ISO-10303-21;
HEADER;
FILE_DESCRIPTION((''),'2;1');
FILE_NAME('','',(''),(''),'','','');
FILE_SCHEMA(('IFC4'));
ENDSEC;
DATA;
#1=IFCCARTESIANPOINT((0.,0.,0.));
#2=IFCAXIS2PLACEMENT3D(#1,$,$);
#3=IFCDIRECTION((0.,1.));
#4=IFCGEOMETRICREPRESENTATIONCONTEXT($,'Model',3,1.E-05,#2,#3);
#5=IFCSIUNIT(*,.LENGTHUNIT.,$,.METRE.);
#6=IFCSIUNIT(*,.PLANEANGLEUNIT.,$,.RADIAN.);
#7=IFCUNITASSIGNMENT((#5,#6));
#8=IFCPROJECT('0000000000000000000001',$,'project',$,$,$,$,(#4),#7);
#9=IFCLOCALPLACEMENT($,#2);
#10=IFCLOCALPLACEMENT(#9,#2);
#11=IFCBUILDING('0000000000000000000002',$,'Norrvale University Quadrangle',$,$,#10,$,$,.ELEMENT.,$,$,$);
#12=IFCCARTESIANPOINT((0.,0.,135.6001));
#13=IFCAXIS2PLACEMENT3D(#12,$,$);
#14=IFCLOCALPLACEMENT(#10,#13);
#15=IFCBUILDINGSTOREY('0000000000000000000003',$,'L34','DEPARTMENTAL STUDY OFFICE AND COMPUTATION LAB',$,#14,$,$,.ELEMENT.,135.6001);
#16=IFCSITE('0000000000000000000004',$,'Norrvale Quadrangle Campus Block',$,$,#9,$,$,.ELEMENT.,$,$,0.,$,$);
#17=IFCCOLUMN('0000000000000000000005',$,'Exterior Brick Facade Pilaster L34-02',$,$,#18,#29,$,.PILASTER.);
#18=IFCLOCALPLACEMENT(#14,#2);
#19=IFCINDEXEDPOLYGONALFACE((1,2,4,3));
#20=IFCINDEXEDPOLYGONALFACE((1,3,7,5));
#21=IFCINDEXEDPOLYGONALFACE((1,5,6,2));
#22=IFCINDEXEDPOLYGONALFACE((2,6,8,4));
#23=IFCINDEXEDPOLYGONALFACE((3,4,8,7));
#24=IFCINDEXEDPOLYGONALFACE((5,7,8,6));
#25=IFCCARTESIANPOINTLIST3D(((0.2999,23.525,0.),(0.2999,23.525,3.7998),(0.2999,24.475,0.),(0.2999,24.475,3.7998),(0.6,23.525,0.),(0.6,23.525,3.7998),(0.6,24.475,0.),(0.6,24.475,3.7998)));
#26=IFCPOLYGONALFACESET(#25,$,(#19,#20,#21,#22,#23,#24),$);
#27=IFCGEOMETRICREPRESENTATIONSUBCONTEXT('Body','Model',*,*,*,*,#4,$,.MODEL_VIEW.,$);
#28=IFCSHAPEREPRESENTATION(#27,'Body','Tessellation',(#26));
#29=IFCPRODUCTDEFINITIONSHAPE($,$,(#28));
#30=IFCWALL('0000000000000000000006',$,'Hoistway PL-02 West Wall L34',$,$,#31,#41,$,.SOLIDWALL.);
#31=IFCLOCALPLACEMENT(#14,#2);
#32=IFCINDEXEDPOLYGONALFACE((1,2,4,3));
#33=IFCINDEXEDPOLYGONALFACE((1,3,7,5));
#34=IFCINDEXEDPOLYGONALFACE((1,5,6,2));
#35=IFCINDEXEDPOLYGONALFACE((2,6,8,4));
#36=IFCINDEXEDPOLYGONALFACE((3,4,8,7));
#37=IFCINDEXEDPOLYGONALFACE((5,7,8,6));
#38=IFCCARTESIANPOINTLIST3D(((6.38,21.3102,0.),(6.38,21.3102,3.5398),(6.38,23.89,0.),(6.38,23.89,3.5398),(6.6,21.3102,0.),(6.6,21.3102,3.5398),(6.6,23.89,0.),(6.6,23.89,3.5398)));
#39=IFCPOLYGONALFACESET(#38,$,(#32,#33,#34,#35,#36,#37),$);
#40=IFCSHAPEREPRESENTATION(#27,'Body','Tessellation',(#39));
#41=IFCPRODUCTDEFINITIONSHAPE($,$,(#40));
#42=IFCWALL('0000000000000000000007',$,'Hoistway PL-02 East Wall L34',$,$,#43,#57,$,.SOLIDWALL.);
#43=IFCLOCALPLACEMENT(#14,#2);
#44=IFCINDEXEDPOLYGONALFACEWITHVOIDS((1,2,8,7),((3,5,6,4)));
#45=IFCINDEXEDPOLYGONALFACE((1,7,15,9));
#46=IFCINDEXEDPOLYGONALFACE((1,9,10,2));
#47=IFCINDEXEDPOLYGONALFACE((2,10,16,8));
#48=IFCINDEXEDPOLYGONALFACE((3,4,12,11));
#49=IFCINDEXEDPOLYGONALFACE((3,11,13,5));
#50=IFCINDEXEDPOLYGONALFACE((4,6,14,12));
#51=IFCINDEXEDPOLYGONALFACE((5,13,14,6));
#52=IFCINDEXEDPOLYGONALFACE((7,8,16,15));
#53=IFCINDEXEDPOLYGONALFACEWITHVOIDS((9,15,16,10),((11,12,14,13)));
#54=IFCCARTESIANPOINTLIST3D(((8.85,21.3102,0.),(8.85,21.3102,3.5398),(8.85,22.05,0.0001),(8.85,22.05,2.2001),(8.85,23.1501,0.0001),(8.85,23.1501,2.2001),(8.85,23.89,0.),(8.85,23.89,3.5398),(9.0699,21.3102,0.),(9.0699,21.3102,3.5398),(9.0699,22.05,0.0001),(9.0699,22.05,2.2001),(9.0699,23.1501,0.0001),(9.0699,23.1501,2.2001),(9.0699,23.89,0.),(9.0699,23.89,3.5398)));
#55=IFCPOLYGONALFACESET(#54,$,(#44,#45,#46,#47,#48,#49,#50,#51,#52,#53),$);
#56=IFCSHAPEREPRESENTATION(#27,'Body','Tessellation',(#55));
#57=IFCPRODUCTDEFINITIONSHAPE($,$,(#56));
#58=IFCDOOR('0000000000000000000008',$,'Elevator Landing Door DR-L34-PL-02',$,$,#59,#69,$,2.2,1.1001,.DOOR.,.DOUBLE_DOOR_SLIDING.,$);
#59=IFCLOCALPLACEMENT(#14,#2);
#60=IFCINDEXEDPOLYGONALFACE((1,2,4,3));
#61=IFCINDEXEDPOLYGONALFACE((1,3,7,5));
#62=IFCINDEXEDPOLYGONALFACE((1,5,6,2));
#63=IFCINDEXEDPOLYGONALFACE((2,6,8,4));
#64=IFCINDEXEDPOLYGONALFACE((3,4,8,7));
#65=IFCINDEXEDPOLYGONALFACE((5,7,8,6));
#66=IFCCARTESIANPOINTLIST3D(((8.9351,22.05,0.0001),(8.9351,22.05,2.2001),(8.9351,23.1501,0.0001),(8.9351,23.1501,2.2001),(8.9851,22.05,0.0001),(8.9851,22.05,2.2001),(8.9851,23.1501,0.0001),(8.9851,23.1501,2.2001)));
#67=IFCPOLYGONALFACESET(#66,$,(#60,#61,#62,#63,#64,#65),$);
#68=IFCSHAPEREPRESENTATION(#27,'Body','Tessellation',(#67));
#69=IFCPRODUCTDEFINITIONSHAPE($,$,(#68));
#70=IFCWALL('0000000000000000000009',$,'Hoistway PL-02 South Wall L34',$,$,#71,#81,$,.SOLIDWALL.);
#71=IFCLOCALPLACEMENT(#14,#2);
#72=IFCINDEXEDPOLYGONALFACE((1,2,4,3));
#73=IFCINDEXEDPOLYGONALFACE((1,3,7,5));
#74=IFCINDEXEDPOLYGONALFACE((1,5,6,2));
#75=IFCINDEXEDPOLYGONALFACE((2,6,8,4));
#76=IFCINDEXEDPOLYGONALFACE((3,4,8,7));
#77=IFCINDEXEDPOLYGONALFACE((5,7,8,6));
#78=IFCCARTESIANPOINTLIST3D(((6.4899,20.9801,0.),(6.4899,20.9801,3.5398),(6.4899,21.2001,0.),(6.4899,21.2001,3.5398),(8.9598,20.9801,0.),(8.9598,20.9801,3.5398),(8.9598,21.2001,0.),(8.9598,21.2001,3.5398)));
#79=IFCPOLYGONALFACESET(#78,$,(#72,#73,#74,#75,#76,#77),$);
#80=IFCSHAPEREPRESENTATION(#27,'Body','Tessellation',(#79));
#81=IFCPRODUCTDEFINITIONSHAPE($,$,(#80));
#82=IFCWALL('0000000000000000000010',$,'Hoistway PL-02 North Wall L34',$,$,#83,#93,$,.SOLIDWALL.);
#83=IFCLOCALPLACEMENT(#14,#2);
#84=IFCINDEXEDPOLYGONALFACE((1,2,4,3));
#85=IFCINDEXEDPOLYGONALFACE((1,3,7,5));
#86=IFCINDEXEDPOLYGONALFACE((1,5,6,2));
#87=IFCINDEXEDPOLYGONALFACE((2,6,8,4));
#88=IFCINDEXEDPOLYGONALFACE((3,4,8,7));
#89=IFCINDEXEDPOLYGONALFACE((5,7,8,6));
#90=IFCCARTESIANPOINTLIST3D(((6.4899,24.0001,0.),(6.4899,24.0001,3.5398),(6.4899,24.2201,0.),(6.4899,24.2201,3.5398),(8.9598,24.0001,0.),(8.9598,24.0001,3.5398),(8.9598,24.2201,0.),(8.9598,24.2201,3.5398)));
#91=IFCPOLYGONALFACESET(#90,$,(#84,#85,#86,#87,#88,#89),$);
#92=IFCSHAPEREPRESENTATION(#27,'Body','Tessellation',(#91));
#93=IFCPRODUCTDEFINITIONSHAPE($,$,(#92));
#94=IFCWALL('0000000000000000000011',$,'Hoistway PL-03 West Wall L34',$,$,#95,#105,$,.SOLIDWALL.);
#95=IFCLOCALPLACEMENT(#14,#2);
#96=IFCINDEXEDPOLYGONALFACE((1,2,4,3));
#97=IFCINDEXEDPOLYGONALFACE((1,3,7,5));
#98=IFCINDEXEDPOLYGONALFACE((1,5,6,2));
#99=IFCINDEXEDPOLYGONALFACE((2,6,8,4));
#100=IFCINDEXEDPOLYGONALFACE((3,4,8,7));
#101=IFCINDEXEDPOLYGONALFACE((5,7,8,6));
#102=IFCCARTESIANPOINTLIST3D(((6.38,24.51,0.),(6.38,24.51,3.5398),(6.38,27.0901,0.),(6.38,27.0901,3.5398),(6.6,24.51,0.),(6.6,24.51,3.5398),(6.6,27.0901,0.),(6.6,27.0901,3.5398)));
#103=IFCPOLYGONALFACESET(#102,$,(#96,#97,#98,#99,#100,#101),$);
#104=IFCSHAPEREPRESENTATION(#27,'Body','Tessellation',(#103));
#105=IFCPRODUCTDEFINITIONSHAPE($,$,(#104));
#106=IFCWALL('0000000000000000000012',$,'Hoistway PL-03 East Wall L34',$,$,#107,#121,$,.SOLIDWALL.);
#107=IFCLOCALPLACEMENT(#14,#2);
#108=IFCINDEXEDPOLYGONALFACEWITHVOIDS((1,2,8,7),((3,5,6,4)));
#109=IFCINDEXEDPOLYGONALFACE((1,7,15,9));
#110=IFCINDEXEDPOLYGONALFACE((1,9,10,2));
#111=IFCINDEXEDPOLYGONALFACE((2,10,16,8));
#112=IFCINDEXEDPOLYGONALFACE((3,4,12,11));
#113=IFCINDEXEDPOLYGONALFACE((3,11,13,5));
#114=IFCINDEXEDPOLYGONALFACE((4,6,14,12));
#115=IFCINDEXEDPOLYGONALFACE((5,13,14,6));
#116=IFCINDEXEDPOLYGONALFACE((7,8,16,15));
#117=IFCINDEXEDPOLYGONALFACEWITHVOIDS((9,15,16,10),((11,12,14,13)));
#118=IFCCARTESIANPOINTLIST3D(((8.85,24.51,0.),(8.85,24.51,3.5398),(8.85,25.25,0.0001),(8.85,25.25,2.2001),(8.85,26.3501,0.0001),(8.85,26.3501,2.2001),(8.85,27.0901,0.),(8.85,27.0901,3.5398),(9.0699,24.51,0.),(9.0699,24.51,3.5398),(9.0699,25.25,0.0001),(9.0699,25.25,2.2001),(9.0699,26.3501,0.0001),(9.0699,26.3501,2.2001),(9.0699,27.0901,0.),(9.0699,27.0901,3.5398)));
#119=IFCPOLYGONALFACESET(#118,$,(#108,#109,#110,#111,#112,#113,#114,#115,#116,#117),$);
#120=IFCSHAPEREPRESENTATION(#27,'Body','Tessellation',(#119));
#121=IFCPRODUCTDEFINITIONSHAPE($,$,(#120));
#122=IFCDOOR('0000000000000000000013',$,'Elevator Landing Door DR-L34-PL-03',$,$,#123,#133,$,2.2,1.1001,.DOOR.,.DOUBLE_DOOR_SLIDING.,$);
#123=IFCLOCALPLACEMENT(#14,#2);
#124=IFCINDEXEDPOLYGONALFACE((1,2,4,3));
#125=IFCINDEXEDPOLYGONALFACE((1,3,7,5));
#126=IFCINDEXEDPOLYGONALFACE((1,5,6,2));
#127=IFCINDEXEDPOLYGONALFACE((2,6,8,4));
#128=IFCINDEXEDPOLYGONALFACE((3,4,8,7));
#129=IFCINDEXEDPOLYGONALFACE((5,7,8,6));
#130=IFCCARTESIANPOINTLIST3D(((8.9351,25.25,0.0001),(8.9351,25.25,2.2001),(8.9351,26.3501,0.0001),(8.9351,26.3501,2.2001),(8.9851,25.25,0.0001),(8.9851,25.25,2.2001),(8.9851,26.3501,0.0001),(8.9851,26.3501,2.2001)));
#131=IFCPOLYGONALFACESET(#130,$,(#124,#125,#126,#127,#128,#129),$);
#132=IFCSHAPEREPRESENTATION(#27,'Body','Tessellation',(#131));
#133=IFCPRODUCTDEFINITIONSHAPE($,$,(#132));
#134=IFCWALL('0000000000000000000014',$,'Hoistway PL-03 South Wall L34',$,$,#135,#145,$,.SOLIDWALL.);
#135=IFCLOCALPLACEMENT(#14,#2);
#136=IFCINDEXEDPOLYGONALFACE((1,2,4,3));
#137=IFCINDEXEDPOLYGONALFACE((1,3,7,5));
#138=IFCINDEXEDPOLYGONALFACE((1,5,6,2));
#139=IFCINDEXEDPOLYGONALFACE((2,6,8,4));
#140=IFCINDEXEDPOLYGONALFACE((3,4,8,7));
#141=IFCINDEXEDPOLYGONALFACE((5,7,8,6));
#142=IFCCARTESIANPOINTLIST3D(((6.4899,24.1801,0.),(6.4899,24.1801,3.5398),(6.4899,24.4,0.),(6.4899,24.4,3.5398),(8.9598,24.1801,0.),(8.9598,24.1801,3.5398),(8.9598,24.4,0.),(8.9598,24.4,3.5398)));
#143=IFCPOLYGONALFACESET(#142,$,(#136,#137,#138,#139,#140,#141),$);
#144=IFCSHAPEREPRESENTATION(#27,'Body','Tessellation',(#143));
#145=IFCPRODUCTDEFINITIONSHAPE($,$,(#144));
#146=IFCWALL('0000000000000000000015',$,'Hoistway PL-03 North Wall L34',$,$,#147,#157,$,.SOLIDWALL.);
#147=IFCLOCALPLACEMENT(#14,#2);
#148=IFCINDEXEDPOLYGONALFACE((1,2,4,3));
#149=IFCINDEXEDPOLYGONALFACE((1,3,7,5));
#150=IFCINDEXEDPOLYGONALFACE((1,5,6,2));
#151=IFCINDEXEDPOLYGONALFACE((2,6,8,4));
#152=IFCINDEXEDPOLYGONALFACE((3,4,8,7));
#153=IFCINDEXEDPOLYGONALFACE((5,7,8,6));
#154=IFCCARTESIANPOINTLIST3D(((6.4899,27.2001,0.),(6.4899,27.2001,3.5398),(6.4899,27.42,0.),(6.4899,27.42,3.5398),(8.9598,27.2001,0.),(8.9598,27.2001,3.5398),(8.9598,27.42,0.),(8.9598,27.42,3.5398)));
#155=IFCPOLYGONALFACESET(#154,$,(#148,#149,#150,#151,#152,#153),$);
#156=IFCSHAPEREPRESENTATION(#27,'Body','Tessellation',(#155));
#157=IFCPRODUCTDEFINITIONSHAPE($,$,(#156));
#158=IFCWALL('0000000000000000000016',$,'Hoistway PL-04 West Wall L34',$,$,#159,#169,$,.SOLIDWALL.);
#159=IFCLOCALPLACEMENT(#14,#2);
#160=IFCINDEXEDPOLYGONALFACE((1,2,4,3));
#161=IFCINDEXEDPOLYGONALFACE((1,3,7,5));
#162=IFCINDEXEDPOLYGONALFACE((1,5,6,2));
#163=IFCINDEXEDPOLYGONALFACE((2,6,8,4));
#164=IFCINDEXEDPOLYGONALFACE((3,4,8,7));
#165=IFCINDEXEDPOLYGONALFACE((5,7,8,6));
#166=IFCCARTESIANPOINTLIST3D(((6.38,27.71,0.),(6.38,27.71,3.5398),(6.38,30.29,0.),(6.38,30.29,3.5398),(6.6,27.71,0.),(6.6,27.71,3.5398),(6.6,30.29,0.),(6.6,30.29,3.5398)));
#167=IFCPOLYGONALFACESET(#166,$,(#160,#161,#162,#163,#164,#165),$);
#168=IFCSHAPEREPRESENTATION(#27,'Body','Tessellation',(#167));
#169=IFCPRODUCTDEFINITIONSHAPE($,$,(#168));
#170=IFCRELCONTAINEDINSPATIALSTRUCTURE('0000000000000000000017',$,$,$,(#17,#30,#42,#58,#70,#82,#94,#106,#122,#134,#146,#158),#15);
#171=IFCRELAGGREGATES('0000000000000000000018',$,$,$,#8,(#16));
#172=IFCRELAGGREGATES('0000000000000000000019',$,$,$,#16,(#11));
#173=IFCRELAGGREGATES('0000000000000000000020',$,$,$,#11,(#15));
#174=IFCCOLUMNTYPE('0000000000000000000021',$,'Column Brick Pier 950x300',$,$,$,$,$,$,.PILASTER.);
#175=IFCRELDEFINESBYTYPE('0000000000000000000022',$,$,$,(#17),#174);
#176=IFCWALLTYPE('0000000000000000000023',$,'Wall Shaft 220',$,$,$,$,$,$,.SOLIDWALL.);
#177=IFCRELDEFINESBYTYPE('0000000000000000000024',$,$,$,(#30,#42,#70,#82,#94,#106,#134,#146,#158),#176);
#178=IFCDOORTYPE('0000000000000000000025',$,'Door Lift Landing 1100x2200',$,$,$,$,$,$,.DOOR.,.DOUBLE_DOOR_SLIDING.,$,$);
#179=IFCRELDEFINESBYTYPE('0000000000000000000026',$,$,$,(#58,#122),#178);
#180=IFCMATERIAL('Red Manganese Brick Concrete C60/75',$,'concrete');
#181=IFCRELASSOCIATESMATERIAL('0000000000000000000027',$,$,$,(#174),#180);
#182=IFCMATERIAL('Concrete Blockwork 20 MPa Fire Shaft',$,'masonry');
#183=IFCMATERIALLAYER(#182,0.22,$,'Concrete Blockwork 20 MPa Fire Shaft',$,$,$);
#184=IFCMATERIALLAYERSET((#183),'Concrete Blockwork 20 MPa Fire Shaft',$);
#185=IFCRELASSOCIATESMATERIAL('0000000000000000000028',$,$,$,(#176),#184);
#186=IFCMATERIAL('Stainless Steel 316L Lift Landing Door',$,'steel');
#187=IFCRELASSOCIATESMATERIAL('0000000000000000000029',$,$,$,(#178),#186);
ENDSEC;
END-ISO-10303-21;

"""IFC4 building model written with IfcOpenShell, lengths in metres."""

from ifc_helpers import new_model, si_unit, direction, frame, frame_2d, origin, origin_2d, place, context, subcontext, project, spatial, rectangle, extrude, material, layer, layer_set, material_profile, profile_set, type_object, element, fill, save


model = new_model("IFC4")

# Units and contexts
model_context = context("Model", 3, precision=1e-05, world=origin(), true_north=direction((0.0, 1.0)))
body_context = subcontext(model_context, "Body", "Model", "MODEL_VIEW")
ifc_project = project(units=[si_unit("LENGTHUNIT", "METRE"), si_unit("PLANEANGLEUNIT", "RADIAN")], contexts=[model_context])

# Site, building, storey
site_placement = place(None, origin())
site = spatial("IfcSite", under=ifc_project, at=site_placement, Name="Norrvale Quadrangle Campus Block", CompositionType="ELEMENT", RefElevation=0.0)
building_placement = place(site_placement, origin())
building = spatial("IfcBuilding", under=site, at=building_placement, Name="Norrvale University Quadrangle", CompositionType="ELEMENT")
storey_placement = place(building_placement, frame((0.0, 0.0, 135.6001)))
storey = spatial("IfcBuildingStorey", under=building, at=storey_placement, Name="L34", Description="DEPARTMENTAL STUDY OFFICE AND COMPUTATION LAB", CompositionType="ELEMENT", Elevation=135.6001)

# Column
ifc_material_1 = material(Name="Red Manganese Brick Concrete C60/75", Category="concrete")
ifc_material_profile = material_profile(ifc_material_1, rectangle(XDim=0.95, YDim=0.3, at=origin_2d()), Name="Red Manganese Brick Concrete C60/75")
ifc_profile_set = profile_set([ifc_material_profile], Name="Red Manganese Brick Concrete C60/75")
column_type = type_object("IfcColumnType", Name="Column Brick Pier 950x300", PredefinedType="PILASTER", material=ifc_profile_set)
column_placement = place(storey_placement, frame((0.45, 24.0, 0.0), z_axis=(0.0, 0.0, 1.0), x_axis=(0.0, 1.0, 0.0)))
element("IfcColumn", 1, at=column_placement, inside=storey, type_object=column_type, Name="Exterior Brick Facade Pilaster L34-02", PredefinedType="PILASTER", context=body_context, shape_type="SweptSolid", body=[
    extrude(rectangle(XDim=0.95, YDim=0.3, at=origin_2d()), origin(), (0.0, 0.0, 1.0), 3.7998),
])

# Wall
ifc_material_2 = material(Name="Concrete Blockwork 20 MPa Fire Shaft", Category="masonry")
ifc_layer = layer(ifc_material_2, 0.22, Name="Concrete Blockwork 20 MPa Fire Shaft")
ifc_layer_set = layer_set([ifc_layer], Name="Concrete Blockwork 20 MPa Fire Shaft")
wall_type = type_object("IfcWallType", Name="Wall Shaft 220", PredefinedType="SOLIDWALL", material=ifc_layer_set)
wall_1_placement = place(storey_placement, frame((6.49, 21.3101, 0.0), z_axis=(0.0, 0.0, 1.0), x_axis=(0.0, 1.0, 0.0)))
element("IfcWall", 2, at=wall_1_placement, inside=storey, type_object=wall_type, Name="Hoistway PL-02 West Wall L34", PredefinedType="SOLIDWALL", context=body_context, shape_type="SweptSolid", body=[
    extrude(rectangle(XDim=2.5798, YDim=0.22, at=frame_2d((1.29, 0.0))), origin(), (0.0, 0.0, 1.0), 3.5398),
])

# Wall, opening, door
wall_2_placement = place(storey_placement, frame((8.96, 21.3101, 0.0), z_axis=(0.0, 0.0, 1.0), x_axis=(0.0, 1.0, 0.0)))
wall_2 = element("IfcWall", 3, at=wall_2_placement, inside=storey, type_object=wall_type, Name="Hoistway PL-02 East Wall L34", PredefinedType="SOLIDWALL", context=body_context, shape_type="SweptSolid", body=[
    extrude(rectangle(XDim=2.5798, YDim=0.22, at=frame_2d((1.29, 0.0))), origin(), (0.0, 0.0, 1.0), 3.5398),
])
opening_1_placement = place(wall_2_placement, frame((0.74, 0.0, 0.0)))
opening_1 = element("IfcOpeningElement", 4, at=opening_1_placement, cuts=wall_2, PredefinedType="OPENING", context=body_context, shape_type="SweptSolid", body=[
    extrude(rectangle(XDim=1.1001, YDim=2.2, at=frame_2d((0.55, 1.1001))), frame((0.0, 0.1221, 0.0), z_axis=(0.0, -1.0, 0.0), x_axis=(1.0, 0.0, 0.0)), (0.0, 0.0, 1.0), 0.2439),
])
ifc_material_3 = material(Name="Stainless Steel 316L Lift Landing Door", Category="steel")
door_type = type_object("IfcDoorType", Name="Door Lift Landing 1100x2200", OperationType="DOUBLE_DOOR_SLIDING", PredefinedType="DOOR", material=ifc_material_3)
door_1_placement = place(opening_1_placement, origin())
door_1 = element("IfcDoor", 5, at=door_1_placement, inside=storey, type_object=door_type, Name="Elevator Landing Door DR-L34-PL-02", OperationType="DOUBLE_DOOR_SLIDING", OverallHeight=2.2, OverallWidth=1.1001, PredefinedType="DOOR", context=body_context, shape_type="SweptSolid", body=[
    extrude(rectangle(XDim=1.1001, YDim=2.2, at=frame_2d((0.55, 1.1001))), frame((0.0, 0.0249, 0.0), z_axis=(0.0, -1.0, 0.0), x_axis=(1.0, 0.0, 0.0)), (0.0, 0.0, 1.0), 0.05),
])
fill(opening_1, door_1)

# Walls
for number, where, z_axis, x_axis, name in (
    (6, (6.49, 21.0901, 0.0), (0.0, 0.0, 1.0), (1.0, 0.0, 0.0), "Hoistway PL-02 South Wall L34"),
    (7, (6.49, 24.1101, 0.0), (0.0, 0.0, 1.0), (1.0, 0.0, 0.0), "Hoistway PL-02 North Wall L34"),
):
    element("IfcWall", number, at=place(storey_placement, frame(where, z_axis=z_axis, x_axis=x_axis)), inside=storey, type_object=wall_type, Name=name, PredefinedType="SOLIDWALL", context=body_context, shape_type="SweptSolid", body=[
        extrude(rectangle(XDim=2.47, YDim=0.22, at=frame_2d((1.2349, 0.0))), origin(), (0.0, 0.0, 1.0), 3.5398),
    ])
wall_3_placement = place(storey_placement, frame((6.49, 24.51, 0.0), z_axis=(0.0, 0.0, 1.0), x_axis=(0.0, 1.0, 0.0)))
element("IfcWall", 8, at=wall_3_placement, inside=storey, type_object=wall_type, Name="Hoistway PL-03 West Wall L34", PredefinedType="SOLIDWALL", context=body_context, shape_type="SweptSolid", body=[
    extrude(rectangle(XDim=2.5801, YDim=0.22, at=frame_2d((1.29, 0.0))), origin(), (0.0, 0.0, 1.0), 3.5398),
])

# Wall, opening, door
wall_4_placement = place(storey_placement, frame((8.96, 24.51, 0.0), z_axis=(0.0, 0.0, 1.0), x_axis=(0.0, 1.0, 0.0)))
wall_4 = element("IfcWall", 9, at=wall_4_placement, inside=storey, type_object=wall_type, Name="Hoistway PL-03 East Wall L34", PredefinedType="SOLIDWALL", context=body_context, shape_type="SweptSolid", body=[
    extrude(rectangle(XDim=2.5801, YDim=0.22, at=frame_2d((1.29, 0.0))), origin(), (0.0, 0.0, 1.0), 3.5398),
])
opening_2_placement = place(wall_4_placement, frame((0.74, 0.0, 0.0)))
opening_2 = element("IfcOpeningElement", 10, at=opening_2_placement, cuts=wall_4, PredefinedType="OPENING", context=body_context, shape_type="SweptSolid", body=[
    extrude(rectangle(XDim=1.1001, YDim=2.2, at=frame_2d((0.55, 1.1001))), frame((0.0, 0.1221, 0.0), z_axis=(0.0, -1.0, 0.0), x_axis=(1.0, 0.0, 0.0)), (0.0, 0.0, 1.0), 0.2439),
])
door_2_placement = place(opening_2_placement, origin())
door_2 = element("IfcDoor", 11, at=door_2_placement, inside=storey, type_object=door_type, Name="Elevator Landing Door DR-L34-PL-03", OperationType="DOUBLE_DOOR_SLIDING", OverallHeight=2.2, OverallWidth=1.1001, PredefinedType="DOOR", context=body_context, shape_type="SweptSolid", body=[
    extrude(rectangle(XDim=1.1001, YDim=2.2, at=frame_2d((0.55, 1.1001))), frame((0.0, 0.0249, 0.0), z_axis=(0.0, -1.0, 0.0), x_axis=(1.0, 0.0, 0.0)), (0.0, 0.0, 1.0), 0.05),
])
fill(opening_2, door_2)

# Walls
for number, where, z_axis, x_axis, name in (
    (12, (6.49, 24.29, 0.0), (0.0, 0.0, 1.0), (1.0, 0.0, 0.0), "Hoistway PL-03 South Wall L34"),
    (13, (6.49, 27.3101, 0.0), (0.0, 0.0, 1.0), (1.0, 0.0, 0.0), "Hoistway PL-03 North Wall L34"),
):
    element("IfcWall", number, at=place(storey_placement, frame(where, z_axis=z_axis, x_axis=x_axis)), inside=storey, type_object=wall_type, Name=name, PredefinedType="SOLIDWALL", context=body_context, shape_type="SweptSolid", body=[
        extrude(rectangle(XDim=2.47, YDim=0.22, at=frame_2d((1.2349, 0.0))), origin(), (0.0, 0.0, 1.0), 3.5398),
    ])
wall_5_placement = place(storey_placement, frame((6.49, 27.71, 0.0), z_axis=(0.0, 0.0, 1.0), x_axis=(0.0, 1.0, 0.0)))
element("IfcWall", 14, at=wall_5_placement, inside=storey, type_object=wall_type, Name="Hoistway PL-04 West Wall L34", PredefinedType="SOLIDWALL", context=body_context, shape_type="SweptSolid", body=[
    extrude(rectangle(XDim=2.5801, YDim=0.22, at=frame_2d((1.29, 0.0))), origin(), (0.0, 0.0, 1.0), 3.5398),
])

save(model, "model.ifc")
